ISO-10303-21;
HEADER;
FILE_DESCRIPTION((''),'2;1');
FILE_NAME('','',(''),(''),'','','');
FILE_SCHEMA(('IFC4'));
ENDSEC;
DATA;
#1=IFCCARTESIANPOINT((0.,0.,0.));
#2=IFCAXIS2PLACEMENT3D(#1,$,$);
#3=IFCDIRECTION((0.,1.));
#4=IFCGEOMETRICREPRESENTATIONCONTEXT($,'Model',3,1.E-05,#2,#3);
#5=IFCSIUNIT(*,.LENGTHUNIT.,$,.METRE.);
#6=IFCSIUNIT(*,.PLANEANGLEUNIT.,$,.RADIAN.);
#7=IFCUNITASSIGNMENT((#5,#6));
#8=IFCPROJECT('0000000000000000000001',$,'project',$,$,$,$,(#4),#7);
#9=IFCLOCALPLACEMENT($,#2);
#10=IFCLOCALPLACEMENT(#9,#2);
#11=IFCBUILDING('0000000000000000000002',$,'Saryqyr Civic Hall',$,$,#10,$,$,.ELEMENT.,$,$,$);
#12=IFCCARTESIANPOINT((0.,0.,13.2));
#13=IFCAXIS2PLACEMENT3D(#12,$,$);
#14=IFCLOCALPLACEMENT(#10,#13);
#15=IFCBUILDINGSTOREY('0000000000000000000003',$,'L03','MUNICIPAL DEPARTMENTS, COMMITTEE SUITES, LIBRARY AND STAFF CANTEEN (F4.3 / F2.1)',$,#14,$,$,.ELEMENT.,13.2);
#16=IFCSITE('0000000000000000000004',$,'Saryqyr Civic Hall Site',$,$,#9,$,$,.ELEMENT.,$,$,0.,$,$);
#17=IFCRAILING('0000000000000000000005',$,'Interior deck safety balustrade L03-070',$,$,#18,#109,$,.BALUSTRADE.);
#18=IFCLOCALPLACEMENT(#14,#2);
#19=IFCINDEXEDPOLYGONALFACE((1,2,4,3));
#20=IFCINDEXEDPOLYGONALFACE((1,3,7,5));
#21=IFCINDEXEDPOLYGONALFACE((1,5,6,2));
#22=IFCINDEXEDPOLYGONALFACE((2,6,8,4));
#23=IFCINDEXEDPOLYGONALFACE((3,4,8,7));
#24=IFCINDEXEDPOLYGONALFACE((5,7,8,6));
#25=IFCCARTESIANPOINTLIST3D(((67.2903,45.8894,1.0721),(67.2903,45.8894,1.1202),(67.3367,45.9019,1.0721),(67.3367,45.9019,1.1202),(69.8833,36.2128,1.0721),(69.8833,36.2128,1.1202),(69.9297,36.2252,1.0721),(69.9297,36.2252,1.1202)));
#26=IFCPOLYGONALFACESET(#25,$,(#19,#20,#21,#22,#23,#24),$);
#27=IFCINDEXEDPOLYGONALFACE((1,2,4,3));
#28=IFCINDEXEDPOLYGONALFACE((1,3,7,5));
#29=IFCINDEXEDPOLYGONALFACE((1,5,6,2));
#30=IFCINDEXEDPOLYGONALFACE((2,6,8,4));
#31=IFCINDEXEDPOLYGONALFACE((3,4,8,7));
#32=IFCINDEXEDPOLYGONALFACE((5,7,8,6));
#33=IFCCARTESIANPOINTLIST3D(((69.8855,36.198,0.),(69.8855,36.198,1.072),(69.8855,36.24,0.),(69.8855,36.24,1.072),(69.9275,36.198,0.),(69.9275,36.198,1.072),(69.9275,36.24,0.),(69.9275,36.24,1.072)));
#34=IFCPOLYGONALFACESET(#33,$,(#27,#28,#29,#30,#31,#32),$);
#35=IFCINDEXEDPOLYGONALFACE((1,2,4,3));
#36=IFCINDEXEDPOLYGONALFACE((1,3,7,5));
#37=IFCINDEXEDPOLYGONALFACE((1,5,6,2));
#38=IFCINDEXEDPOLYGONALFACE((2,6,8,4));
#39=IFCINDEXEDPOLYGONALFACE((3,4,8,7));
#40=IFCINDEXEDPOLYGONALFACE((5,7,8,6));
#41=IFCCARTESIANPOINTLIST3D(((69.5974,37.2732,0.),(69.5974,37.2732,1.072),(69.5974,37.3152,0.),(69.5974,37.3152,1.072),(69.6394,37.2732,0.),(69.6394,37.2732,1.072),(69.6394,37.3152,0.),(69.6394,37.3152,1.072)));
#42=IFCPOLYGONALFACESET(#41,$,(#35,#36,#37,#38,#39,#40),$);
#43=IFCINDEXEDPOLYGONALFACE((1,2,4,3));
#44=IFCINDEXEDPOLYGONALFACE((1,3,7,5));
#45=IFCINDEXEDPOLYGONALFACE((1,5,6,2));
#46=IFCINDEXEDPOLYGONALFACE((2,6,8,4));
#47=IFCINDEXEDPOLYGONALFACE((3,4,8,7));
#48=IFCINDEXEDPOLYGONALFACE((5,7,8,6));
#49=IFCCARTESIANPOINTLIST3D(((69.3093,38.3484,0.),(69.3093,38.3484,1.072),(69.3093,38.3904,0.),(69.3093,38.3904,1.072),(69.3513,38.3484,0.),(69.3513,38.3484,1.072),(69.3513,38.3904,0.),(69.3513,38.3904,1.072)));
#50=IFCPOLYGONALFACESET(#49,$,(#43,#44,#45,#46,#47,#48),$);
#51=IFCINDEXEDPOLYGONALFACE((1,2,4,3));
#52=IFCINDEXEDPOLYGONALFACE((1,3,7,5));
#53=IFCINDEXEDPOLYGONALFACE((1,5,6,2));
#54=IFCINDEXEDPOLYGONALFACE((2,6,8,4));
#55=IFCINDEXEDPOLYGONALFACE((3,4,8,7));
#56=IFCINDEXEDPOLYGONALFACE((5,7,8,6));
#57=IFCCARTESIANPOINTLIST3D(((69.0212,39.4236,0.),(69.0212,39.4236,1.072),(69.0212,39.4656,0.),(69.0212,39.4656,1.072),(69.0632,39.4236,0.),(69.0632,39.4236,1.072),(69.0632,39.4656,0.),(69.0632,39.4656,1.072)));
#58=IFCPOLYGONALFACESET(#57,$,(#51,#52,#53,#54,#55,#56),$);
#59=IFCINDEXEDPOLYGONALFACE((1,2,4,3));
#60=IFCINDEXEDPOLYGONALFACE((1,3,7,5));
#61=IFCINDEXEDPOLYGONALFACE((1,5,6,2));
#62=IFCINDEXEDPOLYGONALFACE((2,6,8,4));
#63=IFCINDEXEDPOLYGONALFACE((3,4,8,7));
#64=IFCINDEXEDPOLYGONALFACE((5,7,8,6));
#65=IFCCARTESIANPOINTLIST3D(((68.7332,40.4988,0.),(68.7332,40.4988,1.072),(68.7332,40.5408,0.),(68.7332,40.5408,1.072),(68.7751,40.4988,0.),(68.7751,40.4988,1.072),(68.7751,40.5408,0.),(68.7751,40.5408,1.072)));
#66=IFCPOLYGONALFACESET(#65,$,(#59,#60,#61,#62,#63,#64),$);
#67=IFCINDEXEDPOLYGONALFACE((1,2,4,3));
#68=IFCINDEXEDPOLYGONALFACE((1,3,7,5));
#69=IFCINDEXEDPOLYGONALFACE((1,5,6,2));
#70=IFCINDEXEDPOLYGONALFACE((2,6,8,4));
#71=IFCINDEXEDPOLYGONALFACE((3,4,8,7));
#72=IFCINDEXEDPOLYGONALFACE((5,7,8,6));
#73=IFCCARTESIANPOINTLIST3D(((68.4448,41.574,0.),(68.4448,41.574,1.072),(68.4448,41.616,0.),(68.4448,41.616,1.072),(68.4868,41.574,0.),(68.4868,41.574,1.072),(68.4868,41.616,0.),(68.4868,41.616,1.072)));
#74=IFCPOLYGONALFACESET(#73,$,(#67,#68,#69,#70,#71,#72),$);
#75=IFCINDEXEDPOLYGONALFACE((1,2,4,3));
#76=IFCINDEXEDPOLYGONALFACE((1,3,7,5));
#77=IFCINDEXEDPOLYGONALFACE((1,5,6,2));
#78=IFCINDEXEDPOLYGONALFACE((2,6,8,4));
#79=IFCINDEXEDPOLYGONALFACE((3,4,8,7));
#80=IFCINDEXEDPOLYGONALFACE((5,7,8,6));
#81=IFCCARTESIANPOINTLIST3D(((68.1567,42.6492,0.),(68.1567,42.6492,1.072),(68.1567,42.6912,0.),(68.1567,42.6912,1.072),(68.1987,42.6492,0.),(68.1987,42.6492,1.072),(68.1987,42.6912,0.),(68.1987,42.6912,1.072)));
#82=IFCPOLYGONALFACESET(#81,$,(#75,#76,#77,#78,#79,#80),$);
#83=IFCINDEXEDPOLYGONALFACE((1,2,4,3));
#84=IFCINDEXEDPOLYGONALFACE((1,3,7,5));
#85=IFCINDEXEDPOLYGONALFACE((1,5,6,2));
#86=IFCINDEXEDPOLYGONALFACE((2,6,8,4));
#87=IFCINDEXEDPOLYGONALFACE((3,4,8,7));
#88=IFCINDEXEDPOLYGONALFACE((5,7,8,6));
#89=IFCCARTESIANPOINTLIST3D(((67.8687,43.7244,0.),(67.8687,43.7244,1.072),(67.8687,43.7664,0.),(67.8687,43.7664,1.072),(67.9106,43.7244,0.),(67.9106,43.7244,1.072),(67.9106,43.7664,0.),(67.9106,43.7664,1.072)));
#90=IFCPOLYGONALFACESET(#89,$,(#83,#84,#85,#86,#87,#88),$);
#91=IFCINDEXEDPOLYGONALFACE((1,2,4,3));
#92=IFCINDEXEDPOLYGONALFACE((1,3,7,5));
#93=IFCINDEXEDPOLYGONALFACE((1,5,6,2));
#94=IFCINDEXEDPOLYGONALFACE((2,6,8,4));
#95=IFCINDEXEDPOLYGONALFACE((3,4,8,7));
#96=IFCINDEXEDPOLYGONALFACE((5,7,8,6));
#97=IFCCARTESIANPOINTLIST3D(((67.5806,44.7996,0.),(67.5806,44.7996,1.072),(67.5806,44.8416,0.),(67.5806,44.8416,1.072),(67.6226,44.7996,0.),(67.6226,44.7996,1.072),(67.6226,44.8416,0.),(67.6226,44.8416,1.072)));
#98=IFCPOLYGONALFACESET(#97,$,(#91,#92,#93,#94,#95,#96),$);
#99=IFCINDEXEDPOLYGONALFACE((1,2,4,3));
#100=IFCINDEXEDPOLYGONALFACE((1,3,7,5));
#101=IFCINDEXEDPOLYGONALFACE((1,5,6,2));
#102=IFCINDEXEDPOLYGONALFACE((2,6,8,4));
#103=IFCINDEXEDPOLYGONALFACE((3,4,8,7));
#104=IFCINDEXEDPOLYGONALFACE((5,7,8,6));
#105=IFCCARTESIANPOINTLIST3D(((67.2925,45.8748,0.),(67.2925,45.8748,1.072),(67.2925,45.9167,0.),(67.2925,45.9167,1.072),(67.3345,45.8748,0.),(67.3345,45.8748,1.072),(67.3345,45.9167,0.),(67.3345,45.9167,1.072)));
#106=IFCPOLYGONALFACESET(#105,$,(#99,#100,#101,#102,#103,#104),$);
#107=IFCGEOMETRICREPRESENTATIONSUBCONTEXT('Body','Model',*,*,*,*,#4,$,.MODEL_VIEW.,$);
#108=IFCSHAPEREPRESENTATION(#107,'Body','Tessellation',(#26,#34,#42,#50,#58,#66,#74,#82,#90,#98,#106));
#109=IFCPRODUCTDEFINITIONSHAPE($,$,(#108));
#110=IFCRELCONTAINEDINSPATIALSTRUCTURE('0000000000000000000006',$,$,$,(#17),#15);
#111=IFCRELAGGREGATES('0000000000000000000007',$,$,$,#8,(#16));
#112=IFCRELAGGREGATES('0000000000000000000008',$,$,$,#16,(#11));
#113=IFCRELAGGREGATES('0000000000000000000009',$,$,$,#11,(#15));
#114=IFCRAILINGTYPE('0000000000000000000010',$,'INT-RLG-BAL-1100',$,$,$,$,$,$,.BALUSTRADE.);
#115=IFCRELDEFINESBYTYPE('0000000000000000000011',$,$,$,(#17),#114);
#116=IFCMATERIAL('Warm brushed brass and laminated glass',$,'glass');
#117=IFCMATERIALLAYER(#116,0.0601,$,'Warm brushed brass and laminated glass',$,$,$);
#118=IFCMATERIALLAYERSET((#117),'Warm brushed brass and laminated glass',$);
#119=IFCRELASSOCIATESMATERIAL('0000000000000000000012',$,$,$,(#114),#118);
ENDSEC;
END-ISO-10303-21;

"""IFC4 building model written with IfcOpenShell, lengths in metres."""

from ifc_helpers import new_model, si_unit, direction, frame, origin, origin_2d, place, context, subcontext, project, spatial, rectangle, extrude, material, layer, layer_set, type_object, element, save


model = new_model("IFC4")

# Units and contexts
model_context = context("Model", 3, precision=1e-05, world=origin(), true_north=direction((0.0, 1.0)))
body_context = subcontext(model_context, "Body", "Model", "MODEL_VIEW")
ifc_project = project(units=[si_unit("LENGTHUNIT", "METRE"), si_unit("PLANEANGLEUNIT", "RADIAN")], contexts=[model_context])

# Site, building, storey
site_placement = place(None, origin())
site = spatial("IfcSite", under=ifc_project, at=site_placement, Name="Saryqyr Civic Hall Site", CompositionType="ELEMENT", RefElevation=0.0)
building_placement = place(site_placement, origin())
building = spatial("IfcBuilding", under=site, at=building_placement, Name="Saryqyr Civic Hall", CompositionType="ELEMENT")
storey_placement = place(building_placement, frame((0.0, 0.0, 13.2)))
storey = spatial("IfcBuildingStorey", under=building, at=storey_placement, Name="L03", Description="MUNICIPAL DEPARTMENTS, COMMITTEE SUITES, LIBRARY AND STAFF CANTEEN (F4.3 / F2.1)", CompositionType="ELEMENT", Elevation=13.2)

# Railing
ifc_material_1 = material(Name="Warm brushed brass and laminated glass", Category="glass")
ifc_layer_1 = layer(ifc_material_1, 0.0601, Name="Warm brushed brass and laminated glass")
ifc_layer_set_1 = layer_set([ifc_layer_1], Name="Warm brushed brass and laminated glass")
railing_type = type_object("IfcRailingType", Name="INT-RLG-BAL-1100", PredefinedType="BALUSTRADE", material=ifc_layer_set_1)
railing_1_placement = place(storey_placement, frame((69.9065, 36.219, 0.0)))
element("IfcRailing", 1, at=railing_1_placement, inside=storey, type_object=railing_type, Name="Interior deck safety balustrade L03-070", PredefinedType="BALUSTRADE", context=body_context, shape_type="SweptSolid", body=[
    extrude(rectangle(XDim=0.0481, YDim=0.0481, at=origin_2d()), frame((0.0, 0.0, 1.0962), z_axis=(-0.258832, 0.965922, 0.0), x_axis=(-0.965922, -0.258832, 0.0)), (0.0, 0.0, 1.0), 10.0181),
    extrude(rectangle(XDim=0.042, YDim=0.042, at=origin_2d()), origin(), (0.0, 0.0, 1.0), 1.072),
    extrude(rectangle(XDim=0.042, YDim=0.042, at=origin_2d()), frame((-0.2881, 1.0752, 0.0)), (0.0, 0.0, 1.0), 1.072),
    extrude(rectangle(XDim=0.042, YDim=0.042, at=origin_2d()), frame((-0.5762, 2.1504, 0.0)), (0.0, 0.0, 1.0), 1.072),
    extrude(rectangle(XDim=0.042, YDim=0.042, at=origin_2d()), frame((-0.8643, 3.2256, 0.0)), (0.0, 0.0, 1.0), 1.072),
    extrude(rectangle(XDim=0.042, YDim=0.042, at=origin_2d()), frame((-1.1523, 4.3008, 0.0)), (0.0, 0.0, 1.0), 1.072),
    extrude(rectangle(XDim=0.042, YDim=0.042, at=origin_2d()), frame((-1.4407, 5.376, 0.0)), (0.0, 0.0, 1.0), 1.072),
    extrude(rectangle(XDim=0.042, YDim=0.042, at=origin_2d()), frame((-1.7288, 6.4512, 0.0)), (0.0, 0.0, 1.0), 1.072),
    extrude(rectangle(XDim=0.042, YDim=0.042, at=origin_2d()), frame((-2.0168, 7.5264, 0.0)), (0.0, 0.0, 1.0), 1.072),
    extrude(rectangle(XDim=0.042, YDim=0.042, at=origin_2d()), frame((-2.3049, 8.6016, 0.0)), (0.0, 0.0, 1.0), 1.072),
    extrude(rectangle(XDim=0.042, YDim=0.042, at=origin_2d()), frame((-2.593, 9.6768, 0.0)), (0.0, 0.0, 1.0), 1.072),
])

save(model, "model.ifc")
